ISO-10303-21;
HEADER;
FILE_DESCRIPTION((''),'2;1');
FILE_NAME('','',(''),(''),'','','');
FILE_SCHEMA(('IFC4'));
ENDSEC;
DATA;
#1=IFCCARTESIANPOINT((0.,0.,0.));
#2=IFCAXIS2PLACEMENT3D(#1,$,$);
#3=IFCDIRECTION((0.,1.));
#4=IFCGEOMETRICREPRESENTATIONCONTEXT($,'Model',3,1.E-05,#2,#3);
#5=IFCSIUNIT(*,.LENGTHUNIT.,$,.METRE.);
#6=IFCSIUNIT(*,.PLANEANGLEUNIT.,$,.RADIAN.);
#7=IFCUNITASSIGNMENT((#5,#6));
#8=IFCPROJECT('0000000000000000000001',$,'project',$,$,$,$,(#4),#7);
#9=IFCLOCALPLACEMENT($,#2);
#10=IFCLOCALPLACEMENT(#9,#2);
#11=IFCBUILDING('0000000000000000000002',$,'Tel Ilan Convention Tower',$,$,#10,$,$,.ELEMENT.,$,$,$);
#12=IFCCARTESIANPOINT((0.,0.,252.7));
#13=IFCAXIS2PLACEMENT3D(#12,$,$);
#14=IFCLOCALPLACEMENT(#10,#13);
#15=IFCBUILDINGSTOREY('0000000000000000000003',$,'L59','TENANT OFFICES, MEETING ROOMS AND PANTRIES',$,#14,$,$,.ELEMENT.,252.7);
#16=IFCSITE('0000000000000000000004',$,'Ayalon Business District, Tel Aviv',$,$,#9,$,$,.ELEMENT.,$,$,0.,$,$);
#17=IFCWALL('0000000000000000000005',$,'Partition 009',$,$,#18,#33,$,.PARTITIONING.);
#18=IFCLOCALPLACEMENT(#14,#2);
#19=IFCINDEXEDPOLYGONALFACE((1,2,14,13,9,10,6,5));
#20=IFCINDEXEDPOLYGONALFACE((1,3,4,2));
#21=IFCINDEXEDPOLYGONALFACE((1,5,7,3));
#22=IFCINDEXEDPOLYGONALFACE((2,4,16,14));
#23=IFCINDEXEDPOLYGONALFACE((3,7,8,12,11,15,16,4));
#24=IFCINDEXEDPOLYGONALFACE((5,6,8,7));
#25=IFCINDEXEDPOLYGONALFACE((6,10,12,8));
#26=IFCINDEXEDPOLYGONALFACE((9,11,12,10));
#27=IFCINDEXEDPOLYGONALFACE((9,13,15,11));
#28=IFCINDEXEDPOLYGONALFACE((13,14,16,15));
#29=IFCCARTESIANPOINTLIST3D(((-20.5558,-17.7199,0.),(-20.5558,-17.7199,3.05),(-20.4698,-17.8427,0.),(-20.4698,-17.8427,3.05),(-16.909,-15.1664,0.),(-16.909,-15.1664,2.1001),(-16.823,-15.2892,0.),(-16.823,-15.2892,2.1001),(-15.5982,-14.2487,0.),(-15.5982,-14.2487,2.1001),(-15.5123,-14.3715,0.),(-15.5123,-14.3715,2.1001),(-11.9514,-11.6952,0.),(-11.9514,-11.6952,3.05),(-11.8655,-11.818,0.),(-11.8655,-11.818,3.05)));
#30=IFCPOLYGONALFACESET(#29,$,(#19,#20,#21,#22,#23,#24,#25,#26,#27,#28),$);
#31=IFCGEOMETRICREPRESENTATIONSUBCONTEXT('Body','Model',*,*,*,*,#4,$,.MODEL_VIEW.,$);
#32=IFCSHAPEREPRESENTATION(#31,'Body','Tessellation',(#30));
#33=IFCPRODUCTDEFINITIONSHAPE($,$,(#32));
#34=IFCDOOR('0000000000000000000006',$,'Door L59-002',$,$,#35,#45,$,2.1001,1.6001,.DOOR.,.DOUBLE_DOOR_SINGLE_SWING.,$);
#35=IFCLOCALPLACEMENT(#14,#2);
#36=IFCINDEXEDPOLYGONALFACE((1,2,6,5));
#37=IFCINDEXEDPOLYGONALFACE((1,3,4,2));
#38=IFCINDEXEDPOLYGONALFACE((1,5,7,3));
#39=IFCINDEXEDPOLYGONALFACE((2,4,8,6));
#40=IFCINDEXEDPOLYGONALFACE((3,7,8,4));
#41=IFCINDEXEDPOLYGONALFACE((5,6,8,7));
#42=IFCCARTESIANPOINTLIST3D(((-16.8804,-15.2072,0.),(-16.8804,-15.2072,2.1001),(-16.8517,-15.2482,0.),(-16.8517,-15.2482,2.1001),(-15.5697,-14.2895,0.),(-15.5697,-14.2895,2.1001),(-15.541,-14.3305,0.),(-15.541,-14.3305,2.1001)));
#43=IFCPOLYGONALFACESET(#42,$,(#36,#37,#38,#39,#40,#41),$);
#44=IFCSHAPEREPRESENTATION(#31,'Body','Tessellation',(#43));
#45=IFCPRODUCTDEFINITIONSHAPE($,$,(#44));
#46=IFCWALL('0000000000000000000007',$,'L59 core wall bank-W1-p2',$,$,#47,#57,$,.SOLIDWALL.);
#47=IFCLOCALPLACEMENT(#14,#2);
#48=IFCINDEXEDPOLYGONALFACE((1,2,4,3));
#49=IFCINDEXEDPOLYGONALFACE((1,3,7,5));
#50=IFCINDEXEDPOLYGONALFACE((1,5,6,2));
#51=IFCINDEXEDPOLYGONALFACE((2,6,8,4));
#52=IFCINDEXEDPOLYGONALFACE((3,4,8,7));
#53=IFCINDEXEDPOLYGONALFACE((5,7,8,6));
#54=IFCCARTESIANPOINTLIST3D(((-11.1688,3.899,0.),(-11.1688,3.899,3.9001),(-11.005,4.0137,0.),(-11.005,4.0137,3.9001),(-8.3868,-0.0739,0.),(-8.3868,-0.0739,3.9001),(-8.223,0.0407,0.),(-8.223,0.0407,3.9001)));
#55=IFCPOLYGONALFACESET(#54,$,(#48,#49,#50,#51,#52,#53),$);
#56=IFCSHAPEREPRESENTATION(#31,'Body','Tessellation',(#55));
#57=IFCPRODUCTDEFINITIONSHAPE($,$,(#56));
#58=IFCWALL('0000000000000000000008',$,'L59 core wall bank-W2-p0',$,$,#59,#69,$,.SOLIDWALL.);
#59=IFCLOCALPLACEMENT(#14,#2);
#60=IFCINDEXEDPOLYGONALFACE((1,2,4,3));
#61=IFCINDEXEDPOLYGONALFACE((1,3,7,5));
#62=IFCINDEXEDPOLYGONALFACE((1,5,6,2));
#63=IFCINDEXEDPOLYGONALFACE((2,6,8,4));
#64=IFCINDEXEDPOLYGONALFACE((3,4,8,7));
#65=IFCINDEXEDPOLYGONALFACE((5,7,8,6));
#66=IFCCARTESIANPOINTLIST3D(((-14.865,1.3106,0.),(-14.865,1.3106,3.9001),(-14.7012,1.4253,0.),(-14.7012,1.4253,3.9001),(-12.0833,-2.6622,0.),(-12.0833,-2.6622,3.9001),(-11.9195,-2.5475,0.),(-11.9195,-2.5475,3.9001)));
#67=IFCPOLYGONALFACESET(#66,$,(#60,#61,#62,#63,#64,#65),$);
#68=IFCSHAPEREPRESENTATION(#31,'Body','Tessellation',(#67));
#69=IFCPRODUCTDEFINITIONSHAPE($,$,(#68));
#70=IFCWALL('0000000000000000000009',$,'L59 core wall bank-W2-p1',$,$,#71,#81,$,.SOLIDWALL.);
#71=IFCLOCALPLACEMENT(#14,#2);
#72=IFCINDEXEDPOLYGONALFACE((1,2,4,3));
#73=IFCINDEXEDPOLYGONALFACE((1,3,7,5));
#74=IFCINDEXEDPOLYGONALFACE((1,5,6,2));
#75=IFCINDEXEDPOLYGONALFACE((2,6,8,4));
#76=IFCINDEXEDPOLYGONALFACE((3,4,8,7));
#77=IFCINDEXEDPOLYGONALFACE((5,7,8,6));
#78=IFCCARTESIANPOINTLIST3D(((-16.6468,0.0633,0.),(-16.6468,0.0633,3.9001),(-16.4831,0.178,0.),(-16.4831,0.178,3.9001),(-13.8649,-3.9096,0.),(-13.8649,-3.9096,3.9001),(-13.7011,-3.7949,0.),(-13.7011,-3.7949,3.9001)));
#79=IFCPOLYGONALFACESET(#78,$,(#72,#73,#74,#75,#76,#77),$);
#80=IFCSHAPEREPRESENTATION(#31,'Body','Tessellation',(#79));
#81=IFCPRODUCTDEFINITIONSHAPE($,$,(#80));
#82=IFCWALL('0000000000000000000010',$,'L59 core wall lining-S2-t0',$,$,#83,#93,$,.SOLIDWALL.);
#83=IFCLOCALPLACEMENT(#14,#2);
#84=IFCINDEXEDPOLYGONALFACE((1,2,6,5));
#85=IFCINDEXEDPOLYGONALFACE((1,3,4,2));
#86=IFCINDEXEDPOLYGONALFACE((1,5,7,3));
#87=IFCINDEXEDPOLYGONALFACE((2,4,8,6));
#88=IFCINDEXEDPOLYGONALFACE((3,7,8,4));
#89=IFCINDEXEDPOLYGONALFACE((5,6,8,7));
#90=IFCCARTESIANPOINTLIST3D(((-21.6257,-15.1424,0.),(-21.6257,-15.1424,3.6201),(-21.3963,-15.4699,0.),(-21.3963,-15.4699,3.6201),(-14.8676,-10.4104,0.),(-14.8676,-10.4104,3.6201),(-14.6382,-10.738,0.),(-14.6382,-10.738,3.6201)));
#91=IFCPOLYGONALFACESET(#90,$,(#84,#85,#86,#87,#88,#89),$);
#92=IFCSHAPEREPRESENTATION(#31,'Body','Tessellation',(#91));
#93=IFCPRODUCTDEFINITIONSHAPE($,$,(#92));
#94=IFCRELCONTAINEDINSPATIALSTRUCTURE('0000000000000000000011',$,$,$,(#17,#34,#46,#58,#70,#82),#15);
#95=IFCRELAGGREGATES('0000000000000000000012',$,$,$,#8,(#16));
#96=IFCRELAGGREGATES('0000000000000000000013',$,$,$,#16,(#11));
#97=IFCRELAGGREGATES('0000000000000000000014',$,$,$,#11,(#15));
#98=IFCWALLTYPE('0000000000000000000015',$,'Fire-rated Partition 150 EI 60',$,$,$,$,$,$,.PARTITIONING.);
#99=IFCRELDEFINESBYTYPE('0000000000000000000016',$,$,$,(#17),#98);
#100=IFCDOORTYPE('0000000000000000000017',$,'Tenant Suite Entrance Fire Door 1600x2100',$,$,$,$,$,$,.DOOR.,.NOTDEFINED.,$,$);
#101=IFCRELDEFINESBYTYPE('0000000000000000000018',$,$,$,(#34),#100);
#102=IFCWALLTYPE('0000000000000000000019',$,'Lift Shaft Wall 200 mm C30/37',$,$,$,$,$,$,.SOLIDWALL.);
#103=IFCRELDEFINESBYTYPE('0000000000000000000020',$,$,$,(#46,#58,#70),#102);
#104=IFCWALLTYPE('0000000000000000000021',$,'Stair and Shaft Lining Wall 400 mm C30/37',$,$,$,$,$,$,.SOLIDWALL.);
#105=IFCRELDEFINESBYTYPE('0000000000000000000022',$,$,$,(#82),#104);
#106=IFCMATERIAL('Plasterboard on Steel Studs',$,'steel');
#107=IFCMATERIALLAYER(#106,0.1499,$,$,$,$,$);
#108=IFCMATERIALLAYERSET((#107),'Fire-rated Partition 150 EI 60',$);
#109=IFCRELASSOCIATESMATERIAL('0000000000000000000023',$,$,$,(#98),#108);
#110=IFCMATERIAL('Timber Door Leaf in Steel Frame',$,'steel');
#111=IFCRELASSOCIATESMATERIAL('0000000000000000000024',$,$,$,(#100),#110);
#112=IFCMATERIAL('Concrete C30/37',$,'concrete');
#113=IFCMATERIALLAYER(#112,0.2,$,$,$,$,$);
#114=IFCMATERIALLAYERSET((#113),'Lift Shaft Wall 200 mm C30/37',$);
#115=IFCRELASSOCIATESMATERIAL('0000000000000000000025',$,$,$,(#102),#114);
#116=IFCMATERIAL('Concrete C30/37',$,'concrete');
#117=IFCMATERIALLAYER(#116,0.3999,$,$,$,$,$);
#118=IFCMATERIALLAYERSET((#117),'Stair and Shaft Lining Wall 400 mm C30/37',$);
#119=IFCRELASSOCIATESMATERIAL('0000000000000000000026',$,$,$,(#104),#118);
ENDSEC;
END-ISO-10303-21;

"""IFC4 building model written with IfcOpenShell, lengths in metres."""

from ifc_helpers import new_model, si_unit, direction, frame, frame_2d, origin, place, context, subcontext, project, spatial, rectangle, extrude, material, layer, layer_set, type_object, element, fill, save


model = new_model("IFC4")

# Units and contexts
model_context = context("Model", 3, precision=1e-05, world=origin(), true_north=direction((0.0, 1.0)))
body_context = subcontext(model_context, "Body", "Model", "MODEL_VIEW")
ifc_project = project(units=[si_unit("LENGTHUNIT", "METRE"), si_unit("PLANEANGLEUNIT", "RADIAN")], contexts=[model_context])

# Site, building, storey
site_placement = place(None, origin())
site = spatial("IfcSite", under=ifc_project, at=site_placement, Name="Ayalon Business District, Tel Aviv", CompositionType="ELEMENT", RefElevation=0.0)
building_placement = place(site_placement, origin())
building = spatial("IfcBuilding", under=site, at=building_placement, Name="Tel Ilan Convention Tower", CompositionType="ELEMENT")
storey_placement = place(building_placement, frame((0.0, 0.0, 252.7)))
storey = spatial("IfcBuildingStorey", under=building, at=storey_placement, Name="L59", Description="TENANT OFFICES, MEETING ROOMS AND PANTRIES", CompositionType="ELEMENT", Elevation=252.7)

# Wall, opening, door
ifc_material_1 = material(Name="Plasterboard on Steel Studs", Category="steel")
ifc_layer_1 = layer(ifc_material_1, 0.1499)
ifc_layer_set_1 = layer_set([ifc_layer_1], Name="Fire-rated Partition 150 EI 60")
wall_type_1 = type_object("IfcWallType", Name="Fire-rated Partition 150 EI 60", PredefinedType="PARTITIONING", material=ifc_layer_set_1)
ifc_material_2 = material(Name="Timber Door Leaf in Steel Frame", Category="steel")
door_type_1 = type_object("IfcDoorType", Name="Tenant Suite Entrance Fire Door 1600x2100", OperationType="NOTDEFINED", PredefinedType="DOOR", material=ifc_material_2)
wall_1_placement = place(storey_placement, frame((-11.9084, -11.7566, 0.0), z_axis=(0.0, 0.0, 1.0), x_axis=(-0.819157, -0.57357, 0.0)))
wall_1 = element("IfcWall", 1, at=wall_1_placement, inside=storey, type_object=wall_type_1, Name="Partition 009", PredefinedType="PARTITIONING", context=body_context, shape_type="SweptSolid", body=[
    extrude(rectangle(XDim=10.5039, YDim=0.1499, at=frame_2d((5.252, 0.0))), origin(), (0.0, 0.0, 1.0), 3.05),
])
opening_1_placement = place(wall_1_placement, frame((4.4519, 0.0, 0.0)))
opening_1 = element("IfcOpeningElement", 2, at=opening_1_placement, cuts=wall_1, PredefinedType="OPENING", context=body_context, shape_type="SweptSolid", body=[
    extrude(rectangle(XDim=1.6001, YDim=2.1001, at=frame_2d((0.8, 1.05))), frame((0.0, 0.085, 0.0), z_axis=(0.0, -1.0, 0.0), x_axis=(1.0, 0.0, 0.0)), (0.0, 0.0, 1.0), 0.1699),
])
door_1_placement = place(opening_1_placement, origin())
door_1 = element("IfcDoor", 3, at=door_1_placement, inside=storey, type_object=door_type_1, Name="Door L59-002", OperationType="DOUBLE_DOOR_SINGLE_SWING", OverallHeight=2.1001, OverallWidth=1.6001, PredefinedType="DOOR", context=body_context, shape_type="SweptSolid", body=[
    extrude(rectangle(XDim=1.6001, YDim=2.1001, at=frame_2d((0.8, 1.05))), frame((0.0, 0.0249, 0.0), z_axis=(0.0, -1.0, 0.0), x_axis=(1.0, 0.0, 0.0)), (0.0, 0.0, 1.0), 0.05),
])
fill(opening_1, door_1)

# Walls
ifc_material_3 = material(Name="Concrete C30/37", Category="concrete")
ifc_layer_2 = layer(ifc_material_3, 0.2)
ifc_layer_set_2 = layer_set([ifc_layer_2], Name="Lift Shaft Wall 200 mm C30/37")
wall_type_2 = type_object("IfcWallType", Name="Lift Shaft Wall 200 mm C30/37", PredefinedType="SOLIDWALL", material=ifc_layer_set_2)
wall_2_placement = place(storey_placement, frame((-8.3049, -0.0166, 0.0), z_axis=(0.0, 0.0, 1.0), x_axis=(-0.573594, 0.81914, 0.0)))
element("IfcWall", 4, at=wall_2_placement, inside=storey, type_object=wall_type_2, Name="L59 core wall bank-W1-p2", PredefinedType="SOLIDWALL", context=body_context, shape_type="SweptSolid", body=[
    extrude(rectangle(XDim=4.8501, YDim=0.2, at=frame_2d((2.425, 0.0))), origin(), (0.0, 0.0, 1.0), 3.9001),
])
wall_3_placement = place(storey_placement, frame((-12.0015, -2.6047, 0.0), z_axis=(0.0, 0.0, 1.0), x_axis=(-0.57356, 0.819163, 0.0)))
element("IfcWall", 5, at=wall_3_placement, inside=storey, type_object=wall_type_2, Name="L59 core wall bank-W2-p0", PredefinedType="SOLIDWALL", context=body_context, shape_type="SweptSolid", body=[
    extrude(rectangle(XDim=4.8499, YDim=0.2, at=frame_2d((2.4248, 0.0))), origin(), (0.0, 0.0, 1.0), 3.9001),
])
wall_4_placement = place(storey_placement, frame((-13.783, -3.8523, 0.0), z_axis=(0.0, 0.0, 1.0), x_axis=(-0.573594, 0.81914, 0.0)))
element("IfcWall", 6, at=wall_4_placement, inside=storey, type_object=wall_type_2, Name="L59 core wall bank-W2-p1", PredefinedType="SOLIDWALL", context=body_context, shape_type="SweptSolid", body=[
    extrude(rectangle(XDim=4.8501, YDim=0.2, at=frame_2d((2.425, 0.0))), origin(), (0.0, 0.0, 1.0), 3.9001),
])
ifc_material_4 = material(Name="Concrete C30/37", Category="concrete")
ifc_layer_3 = layer(ifc_material_4, 0.3999)
ifc_layer_set_3 = layer_set([ifc_layer_3], Name="Stair and Shaft Lining Wall 400 mm C30/37")
wall_type_3 = type_object("IfcWallType", Name="Stair and Shaft Lining Wall 400 mm C30/37", PredefinedType="SOLIDWALL", material=ifc_layer_set_3)
wall_5_placement = place(storey_placement, frame((-14.7529, -10.5742, 0.0), z_axis=(0.0, 0.0, 1.0), x_axis=(-0.819158, -0.573568, 0.0)))
element("IfcWall", 7, at=wall_5_placement, inside=storey, type_object=wall_type_3, Name="L59 core wall lining-S2-t0", PredefinedType="SOLIDWALL", context=body_context, shape_type="SweptSolid", body=[
    extrude(rectangle(XDim=8.25, YDim=0.3999, at=frame_2d((4.125, 0.0))), origin(), (0.0, 0.0, 1.0), 3.6201),
])

save(model, "model.ifc")
